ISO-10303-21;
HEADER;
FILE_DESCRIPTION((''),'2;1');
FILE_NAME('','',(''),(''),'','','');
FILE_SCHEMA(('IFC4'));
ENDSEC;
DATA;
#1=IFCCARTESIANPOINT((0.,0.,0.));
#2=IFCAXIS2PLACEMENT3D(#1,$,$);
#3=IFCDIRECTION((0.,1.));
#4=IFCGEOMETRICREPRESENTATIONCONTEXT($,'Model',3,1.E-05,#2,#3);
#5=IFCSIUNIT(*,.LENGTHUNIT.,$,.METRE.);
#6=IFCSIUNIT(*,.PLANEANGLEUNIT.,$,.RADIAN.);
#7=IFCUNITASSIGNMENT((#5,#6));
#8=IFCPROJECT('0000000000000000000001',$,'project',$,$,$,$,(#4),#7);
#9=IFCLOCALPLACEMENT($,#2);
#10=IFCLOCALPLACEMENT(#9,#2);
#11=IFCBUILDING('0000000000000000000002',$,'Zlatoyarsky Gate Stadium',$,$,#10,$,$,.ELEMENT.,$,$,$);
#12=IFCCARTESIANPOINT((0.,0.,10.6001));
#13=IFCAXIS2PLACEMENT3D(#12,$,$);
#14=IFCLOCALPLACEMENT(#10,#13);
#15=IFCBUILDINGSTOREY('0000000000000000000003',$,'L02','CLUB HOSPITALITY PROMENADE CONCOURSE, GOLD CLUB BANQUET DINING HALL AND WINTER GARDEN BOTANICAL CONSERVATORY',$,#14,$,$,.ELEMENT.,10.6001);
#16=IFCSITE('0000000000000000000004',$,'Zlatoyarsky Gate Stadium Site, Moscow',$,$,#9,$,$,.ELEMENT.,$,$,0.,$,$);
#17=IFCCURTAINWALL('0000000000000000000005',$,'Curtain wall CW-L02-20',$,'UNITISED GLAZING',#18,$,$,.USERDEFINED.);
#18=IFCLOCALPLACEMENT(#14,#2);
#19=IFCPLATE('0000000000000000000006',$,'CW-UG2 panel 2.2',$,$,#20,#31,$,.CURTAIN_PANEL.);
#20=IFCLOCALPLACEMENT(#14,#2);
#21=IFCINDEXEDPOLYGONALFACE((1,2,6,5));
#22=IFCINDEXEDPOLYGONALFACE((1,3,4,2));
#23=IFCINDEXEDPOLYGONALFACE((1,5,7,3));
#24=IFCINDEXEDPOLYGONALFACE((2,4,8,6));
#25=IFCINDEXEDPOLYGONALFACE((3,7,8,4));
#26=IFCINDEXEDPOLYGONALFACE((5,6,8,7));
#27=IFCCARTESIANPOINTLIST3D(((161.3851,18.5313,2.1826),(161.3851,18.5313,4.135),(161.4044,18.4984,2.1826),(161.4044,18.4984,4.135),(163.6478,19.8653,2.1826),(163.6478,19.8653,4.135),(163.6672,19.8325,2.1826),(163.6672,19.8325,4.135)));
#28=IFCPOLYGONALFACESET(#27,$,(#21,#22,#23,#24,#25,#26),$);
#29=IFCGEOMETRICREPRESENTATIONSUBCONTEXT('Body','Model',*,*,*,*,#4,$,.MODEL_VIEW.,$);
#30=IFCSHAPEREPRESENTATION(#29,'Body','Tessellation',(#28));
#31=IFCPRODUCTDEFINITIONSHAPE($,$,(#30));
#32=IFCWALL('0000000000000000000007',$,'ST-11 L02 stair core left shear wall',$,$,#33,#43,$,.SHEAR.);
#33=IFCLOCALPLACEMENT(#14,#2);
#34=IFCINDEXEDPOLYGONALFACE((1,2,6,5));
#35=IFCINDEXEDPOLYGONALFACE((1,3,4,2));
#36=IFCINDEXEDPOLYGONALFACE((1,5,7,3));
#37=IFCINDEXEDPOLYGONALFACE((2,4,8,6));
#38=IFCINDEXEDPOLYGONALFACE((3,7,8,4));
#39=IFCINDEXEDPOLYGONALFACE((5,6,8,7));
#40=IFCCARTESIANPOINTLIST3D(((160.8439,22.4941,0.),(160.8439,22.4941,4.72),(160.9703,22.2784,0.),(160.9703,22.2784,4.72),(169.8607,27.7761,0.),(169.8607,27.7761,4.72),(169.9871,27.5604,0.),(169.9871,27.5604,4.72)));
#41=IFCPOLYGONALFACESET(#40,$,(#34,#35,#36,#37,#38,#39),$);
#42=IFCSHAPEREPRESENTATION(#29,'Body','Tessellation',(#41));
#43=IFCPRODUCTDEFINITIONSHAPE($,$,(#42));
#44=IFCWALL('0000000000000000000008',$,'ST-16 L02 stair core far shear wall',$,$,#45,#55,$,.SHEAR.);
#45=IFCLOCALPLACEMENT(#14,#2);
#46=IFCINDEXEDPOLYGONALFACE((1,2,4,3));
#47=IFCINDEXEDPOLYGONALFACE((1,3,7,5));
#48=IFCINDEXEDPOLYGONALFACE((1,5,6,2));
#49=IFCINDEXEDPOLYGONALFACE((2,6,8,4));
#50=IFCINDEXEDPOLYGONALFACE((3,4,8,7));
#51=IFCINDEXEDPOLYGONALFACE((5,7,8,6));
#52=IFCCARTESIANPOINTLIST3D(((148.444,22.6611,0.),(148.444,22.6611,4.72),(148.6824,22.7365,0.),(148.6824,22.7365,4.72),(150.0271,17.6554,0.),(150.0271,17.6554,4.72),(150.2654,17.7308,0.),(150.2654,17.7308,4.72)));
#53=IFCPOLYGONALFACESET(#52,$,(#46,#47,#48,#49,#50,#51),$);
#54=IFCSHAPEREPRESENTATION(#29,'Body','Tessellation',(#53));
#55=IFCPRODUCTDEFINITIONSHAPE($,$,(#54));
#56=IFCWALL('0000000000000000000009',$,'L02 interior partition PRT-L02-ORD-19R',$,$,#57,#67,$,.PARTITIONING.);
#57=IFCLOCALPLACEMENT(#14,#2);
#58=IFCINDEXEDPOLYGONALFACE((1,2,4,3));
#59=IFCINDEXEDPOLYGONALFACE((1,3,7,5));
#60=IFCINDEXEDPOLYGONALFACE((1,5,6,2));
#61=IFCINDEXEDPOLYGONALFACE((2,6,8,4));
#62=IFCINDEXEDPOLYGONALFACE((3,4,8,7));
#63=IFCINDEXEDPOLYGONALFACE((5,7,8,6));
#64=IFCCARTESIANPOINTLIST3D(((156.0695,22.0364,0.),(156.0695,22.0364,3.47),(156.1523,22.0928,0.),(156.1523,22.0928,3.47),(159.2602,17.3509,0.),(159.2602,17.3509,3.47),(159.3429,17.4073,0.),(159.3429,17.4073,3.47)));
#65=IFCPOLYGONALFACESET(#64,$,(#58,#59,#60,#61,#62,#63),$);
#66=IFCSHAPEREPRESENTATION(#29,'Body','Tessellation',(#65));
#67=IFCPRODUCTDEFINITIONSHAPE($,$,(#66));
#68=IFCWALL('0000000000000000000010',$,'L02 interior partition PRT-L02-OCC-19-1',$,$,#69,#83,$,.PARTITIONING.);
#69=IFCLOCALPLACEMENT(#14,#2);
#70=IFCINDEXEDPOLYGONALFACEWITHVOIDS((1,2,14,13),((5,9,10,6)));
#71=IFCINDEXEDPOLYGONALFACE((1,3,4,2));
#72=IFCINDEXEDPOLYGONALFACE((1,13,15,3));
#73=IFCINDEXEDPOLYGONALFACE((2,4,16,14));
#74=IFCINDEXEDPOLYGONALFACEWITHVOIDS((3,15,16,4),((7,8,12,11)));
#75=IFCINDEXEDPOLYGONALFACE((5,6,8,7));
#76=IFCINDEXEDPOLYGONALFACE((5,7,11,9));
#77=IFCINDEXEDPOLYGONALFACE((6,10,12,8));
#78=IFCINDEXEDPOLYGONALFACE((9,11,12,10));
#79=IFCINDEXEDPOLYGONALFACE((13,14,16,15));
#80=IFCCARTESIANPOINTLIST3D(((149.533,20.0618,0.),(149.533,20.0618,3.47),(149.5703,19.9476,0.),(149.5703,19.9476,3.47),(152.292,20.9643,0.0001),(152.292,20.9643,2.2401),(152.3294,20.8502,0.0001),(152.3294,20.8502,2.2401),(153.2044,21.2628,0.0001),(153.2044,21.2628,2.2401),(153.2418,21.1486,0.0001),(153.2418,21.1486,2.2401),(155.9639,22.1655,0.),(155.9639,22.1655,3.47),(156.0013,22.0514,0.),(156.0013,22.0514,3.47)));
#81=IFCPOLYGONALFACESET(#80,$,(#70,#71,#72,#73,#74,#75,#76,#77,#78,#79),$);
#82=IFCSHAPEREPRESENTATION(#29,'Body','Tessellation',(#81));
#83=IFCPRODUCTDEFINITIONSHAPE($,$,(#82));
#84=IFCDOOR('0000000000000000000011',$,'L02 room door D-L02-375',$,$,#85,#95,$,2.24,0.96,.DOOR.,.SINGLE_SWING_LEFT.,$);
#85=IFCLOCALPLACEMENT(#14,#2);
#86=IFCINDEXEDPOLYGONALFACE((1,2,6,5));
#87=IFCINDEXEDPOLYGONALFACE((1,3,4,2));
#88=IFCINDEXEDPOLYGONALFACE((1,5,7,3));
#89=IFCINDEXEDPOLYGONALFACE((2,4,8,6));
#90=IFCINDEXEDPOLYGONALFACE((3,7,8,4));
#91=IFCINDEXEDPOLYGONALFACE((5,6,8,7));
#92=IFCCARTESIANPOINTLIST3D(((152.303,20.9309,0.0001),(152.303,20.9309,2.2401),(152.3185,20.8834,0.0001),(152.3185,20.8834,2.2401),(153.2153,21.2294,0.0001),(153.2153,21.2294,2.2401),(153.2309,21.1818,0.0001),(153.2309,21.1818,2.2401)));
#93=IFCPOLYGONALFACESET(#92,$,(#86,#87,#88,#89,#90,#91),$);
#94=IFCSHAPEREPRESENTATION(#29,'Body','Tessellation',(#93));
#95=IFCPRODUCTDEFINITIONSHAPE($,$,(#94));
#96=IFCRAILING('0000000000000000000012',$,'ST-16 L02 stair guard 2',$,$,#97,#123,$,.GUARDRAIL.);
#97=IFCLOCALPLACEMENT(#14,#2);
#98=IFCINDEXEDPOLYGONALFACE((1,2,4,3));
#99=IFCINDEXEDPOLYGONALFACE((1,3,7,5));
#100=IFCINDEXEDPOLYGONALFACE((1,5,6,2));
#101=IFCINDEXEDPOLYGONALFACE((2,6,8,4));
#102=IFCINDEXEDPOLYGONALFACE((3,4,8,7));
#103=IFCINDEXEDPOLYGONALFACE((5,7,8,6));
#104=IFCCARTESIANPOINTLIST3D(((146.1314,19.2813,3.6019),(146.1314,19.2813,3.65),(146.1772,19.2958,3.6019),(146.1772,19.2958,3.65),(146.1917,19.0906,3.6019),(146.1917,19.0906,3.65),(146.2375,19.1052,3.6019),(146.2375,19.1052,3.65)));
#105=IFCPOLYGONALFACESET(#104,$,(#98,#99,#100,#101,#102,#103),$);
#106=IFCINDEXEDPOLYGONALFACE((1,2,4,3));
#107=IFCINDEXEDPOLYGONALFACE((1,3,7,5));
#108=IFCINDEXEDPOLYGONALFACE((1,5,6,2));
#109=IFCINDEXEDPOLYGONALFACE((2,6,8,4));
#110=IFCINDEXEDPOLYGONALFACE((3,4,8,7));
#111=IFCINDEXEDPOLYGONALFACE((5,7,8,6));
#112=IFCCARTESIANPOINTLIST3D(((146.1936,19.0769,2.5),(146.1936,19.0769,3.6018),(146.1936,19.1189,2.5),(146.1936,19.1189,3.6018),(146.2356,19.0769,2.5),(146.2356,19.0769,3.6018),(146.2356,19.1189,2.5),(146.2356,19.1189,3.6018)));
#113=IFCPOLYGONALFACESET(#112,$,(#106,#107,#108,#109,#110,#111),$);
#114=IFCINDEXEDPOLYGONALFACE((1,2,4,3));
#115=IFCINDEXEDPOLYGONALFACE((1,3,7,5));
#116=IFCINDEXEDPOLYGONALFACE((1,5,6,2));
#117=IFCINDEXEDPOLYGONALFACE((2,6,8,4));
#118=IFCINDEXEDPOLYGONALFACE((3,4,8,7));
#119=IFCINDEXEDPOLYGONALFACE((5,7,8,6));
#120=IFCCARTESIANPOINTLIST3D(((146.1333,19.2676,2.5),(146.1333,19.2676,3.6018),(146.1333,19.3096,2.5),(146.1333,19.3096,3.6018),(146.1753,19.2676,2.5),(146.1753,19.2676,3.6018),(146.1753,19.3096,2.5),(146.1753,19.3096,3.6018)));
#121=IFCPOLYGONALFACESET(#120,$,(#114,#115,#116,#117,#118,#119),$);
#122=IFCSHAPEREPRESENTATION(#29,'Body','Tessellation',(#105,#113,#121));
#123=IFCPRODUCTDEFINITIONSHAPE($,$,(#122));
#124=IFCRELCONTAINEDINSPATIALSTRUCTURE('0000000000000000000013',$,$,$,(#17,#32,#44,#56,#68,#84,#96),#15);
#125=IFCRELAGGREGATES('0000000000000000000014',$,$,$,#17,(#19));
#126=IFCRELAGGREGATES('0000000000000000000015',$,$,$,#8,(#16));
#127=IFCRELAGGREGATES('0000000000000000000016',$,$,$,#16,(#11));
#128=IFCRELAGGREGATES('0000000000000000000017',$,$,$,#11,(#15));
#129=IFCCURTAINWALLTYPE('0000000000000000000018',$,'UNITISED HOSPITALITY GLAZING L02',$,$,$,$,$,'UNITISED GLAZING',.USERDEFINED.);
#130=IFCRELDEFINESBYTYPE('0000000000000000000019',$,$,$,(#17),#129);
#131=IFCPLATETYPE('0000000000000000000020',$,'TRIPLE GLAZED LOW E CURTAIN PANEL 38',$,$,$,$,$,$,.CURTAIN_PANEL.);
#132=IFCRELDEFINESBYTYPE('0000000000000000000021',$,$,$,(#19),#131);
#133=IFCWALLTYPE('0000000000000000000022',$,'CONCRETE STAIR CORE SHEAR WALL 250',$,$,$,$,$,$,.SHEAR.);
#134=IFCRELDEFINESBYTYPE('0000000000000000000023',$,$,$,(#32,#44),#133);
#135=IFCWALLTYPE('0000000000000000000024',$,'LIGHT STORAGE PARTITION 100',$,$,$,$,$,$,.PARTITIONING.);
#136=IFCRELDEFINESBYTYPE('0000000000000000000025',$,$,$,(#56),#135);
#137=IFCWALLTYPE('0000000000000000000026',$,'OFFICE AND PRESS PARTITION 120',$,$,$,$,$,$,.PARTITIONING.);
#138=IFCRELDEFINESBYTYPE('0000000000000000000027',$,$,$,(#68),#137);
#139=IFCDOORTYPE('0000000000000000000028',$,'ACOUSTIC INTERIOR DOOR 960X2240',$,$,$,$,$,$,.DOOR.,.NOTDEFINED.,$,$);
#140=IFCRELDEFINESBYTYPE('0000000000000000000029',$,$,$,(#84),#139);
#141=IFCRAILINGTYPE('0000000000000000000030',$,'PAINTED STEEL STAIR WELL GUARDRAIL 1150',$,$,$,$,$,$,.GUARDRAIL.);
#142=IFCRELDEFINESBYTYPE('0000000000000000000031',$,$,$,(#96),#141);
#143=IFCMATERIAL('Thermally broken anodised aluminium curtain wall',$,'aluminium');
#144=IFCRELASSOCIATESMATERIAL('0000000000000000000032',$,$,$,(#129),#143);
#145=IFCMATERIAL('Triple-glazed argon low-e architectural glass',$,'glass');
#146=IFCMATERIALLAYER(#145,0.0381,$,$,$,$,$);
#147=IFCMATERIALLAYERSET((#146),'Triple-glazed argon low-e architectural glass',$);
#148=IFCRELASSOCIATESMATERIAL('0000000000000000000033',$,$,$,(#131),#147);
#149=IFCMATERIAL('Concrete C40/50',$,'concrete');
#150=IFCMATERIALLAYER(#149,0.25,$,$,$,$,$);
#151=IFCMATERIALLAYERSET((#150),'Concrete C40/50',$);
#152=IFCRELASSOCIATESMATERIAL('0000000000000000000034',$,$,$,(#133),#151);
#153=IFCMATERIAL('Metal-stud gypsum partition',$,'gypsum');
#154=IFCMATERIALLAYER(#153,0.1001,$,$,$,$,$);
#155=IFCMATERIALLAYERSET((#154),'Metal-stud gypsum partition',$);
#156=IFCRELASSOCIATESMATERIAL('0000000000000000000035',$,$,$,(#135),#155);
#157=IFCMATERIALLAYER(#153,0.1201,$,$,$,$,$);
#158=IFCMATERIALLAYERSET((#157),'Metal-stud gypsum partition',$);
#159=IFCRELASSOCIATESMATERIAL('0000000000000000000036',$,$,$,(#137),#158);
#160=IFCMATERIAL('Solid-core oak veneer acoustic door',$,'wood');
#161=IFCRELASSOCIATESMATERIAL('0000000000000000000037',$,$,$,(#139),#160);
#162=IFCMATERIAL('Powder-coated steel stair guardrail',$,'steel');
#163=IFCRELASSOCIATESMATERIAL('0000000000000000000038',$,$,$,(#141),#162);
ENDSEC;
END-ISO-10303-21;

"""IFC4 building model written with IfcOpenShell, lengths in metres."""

from ifc_helpers import new_model, si_unit, direction, frame, frame_2d, origin, origin_2d, place, context, subcontext, project, spatial, rectangle, extrude, material, layer, layer_set, type_object, element, fill, aggregate, save


model = new_model("IFC4")

# Units and contexts
model_context = context("Model", 3, precision=1e-05, world=origin(), true_north=direction((0.0, 1.0)))
body_context = subcontext(model_context, "Body", "Model", "MODEL_VIEW")
ifc_project = project(units=[si_unit("LENGTHUNIT", "METRE"), si_unit("PLANEANGLEUNIT", "RADIAN")], contexts=[model_context])

# Site, building, storey
site_placement = place(None, origin())
site = spatial("IfcSite", under=ifc_project, at=site_placement, Name="Zlatoyarsky Gate Stadium Site, Moscow", CompositionType="ELEMENT", RefElevation=0.0)
building_placement = place(site_placement, origin())
building = spatial("IfcBuilding", under=site, at=building_placement, Name="Zlatoyarsky Gate Stadium", CompositionType="ELEMENT")
storey_placement = place(building_placement, frame((0.0, 0.0, 10.6001)))
storey = spatial("IfcBuildingStorey", under=building, at=storey_placement, Name="L02", Description="CLUB HOSPITALITY PROMENADE CONCOURSE, GOLD CLUB BANQUET DINING HALL AND WINTER GARDEN BOTANICAL CONSERVATORY", CompositionType="ELEMENT", Elevation=10.6001)

# Shared definitions
ifc_material_1 = material(Name="Thermally broken anodised aluminium curtain wall", Category="aluminium")
curtain_wall_type = type_object("IfcCurtainWallType", Name="UNITISED HOSPITALITY GLAZING L02", ElementType="UNITISED GLAZING", PredefinedType="USERDEFINED", material=ifc_material_1)

# Curtain wall
curtain_wall_1_placement = place(storey_placement, origin())
curtain_wall_1 = element("IfcCurtainWall", 1, at=curtain_wall_1_placement, inside=storey, type_object=curtain_wall_type, Name="Curtain wall CW-L02-20", ObjectType="UNITISED GLAZING", PredefinedType="USERDEFINED")

# Plate
ifc_material_2 = material(Name="Triple-glazed argon low-e architectural glass", Category="glass")
ifc_layer_1 = layer(ifc_material_2, 0.0381)
ifc_layer_set_1 = layer_set([ifc_layer_1], Name="Triple-glazed argon low-e architectural glass")
plate_type = type_object("IfcPlateType", Name="TRIPLE GLAZED LOW E CURTAIN PANEL 38", PredefinedType="CURTAIN_PANEL", material=ifc_layer_set_1)
plate_1_placement = place(storey_placement, frame((162.5261, 19.1819, 2.1826), z_axis=(0.0, 0.0, 1.0), x_axis=(0.861425, 0.507884, 0.0)))
plate_1 = element("IfcPlate", 2, at=plate_1_placement, type_object=plate_type, Name="CW-UG2 panel 2.2", PredefinedType="CURTAIN_PANEL", context=body_context, shape_type="SweptSolid", body=[
    extrude(rectangle(XDim=2.6267, YDim=0.0381, at=origin_2d()), origin(), (0.0, 0.0, 1.0), 1.9524),
])
aggregate(curtain_wall_1, [plate_1])

# Walls
ifc_material_3 = material(Name="Concrete C40/50", Category="concrete")
ifc_layer_2 = layer(ifc_material_3, 0.25)
ifc_layer_set_2 = layer_set([ifc_layer_2], Name="Concrete C40/50")
wall_type_1 = type_object("IfcWallType", Name="CONCRETE STAIR CORE SHEAR WALL 250", PredefinedType="SHEAR", material=ifc_layer_set_2)
wall_1_placement = place(storey_placement, frame((160.907, 22.3862, 0.0), z_axis=(0.0, 0.0, 1.0), x_axis=(0.862855, 0.505452, 0.0)))
element("IfcWall", 3, at=wall_1_placement, inside=storey, type_object=wall_type_1, Name="ST-11 L02 stair core left shear wall", PredefinedType="SHEAR", context=body_context, shape_type="SweptSolid", body=[
    extrude(rectangle(XDim=10.45, YDim=0.25, at=frame_2d((5.2251, 0.0))), origin(), (0.0, 0.0, 1.0), 4.72),
])
wall_2_placement = place(storey_placement, frame((150.1462, 17.6931, 0.0), z_axis=(0.0, 0.0, 1.0), x_axis=(-0.301527, 0.953457, 0.0)))
element("IfcWall", 4, at=wall_2_placement, inside=storey, type_object=wall_type_1, Name="ST-16 L02 stair core far shear wall", PredefinedType="SHEAR", context=body_context, shape_type="SweptSolid", body=[
    extrude(rectangle(XDim=5.25, YDim=0.25, at=frame_2d((2.625, 0.0))), origin(), (0.0, 0.0, 1.0), 4.72),
])
ifc_material_4 = material(Name="Metal-stud gypsum partition", Category="gypsum")
ifc_layer_3 = layer(ifc_material_4, 0.1001)
ifc_layer_set_3 = layer_set([ifc_layer_3], Name="Metal-stud gypsum partition")
wall_type_2 = type_object("IfcWallType", Name="LIGHT STORAGE PARTITION 100", PredefinedType="PARTITIONING", material=ifc_layer_set_3)
wall_3_placement = place(storey_placement, frame((156.1108, 22.0647, 0.0), z_axis=(0.0, 0.0, 1.0), x_axis=(0.562853, -0.826557, 0.0)))
element("IfcWall", 5, at=wall_3_placement, inside=storey, type_object=wall_type_2, Name="L02 interior partition PRT-L02-ORD-19R", PredefinedType="PARTITIONING", context=body_context, shape_type="SweptSolid", body=[
    extrude(rectangle(XDim=5.6687, YDim=0.1001, at=frame_2d((2.8345, 0.0))), origin(), (0.0, 0.0, 1.0), 3.47),
])

# Wall, opening, door
ifc_layer_4 = layer(ifc_material_4, 0.1201)
ifc_layer_set_4 = layer_set([ifc_layer_4], Name="Metal-stud gypsum partition")
wall_type_3 = type_object("IfcWallType", Name="OFFICE AND PRESS PARTITION 120", PredefinedType="PARTITIONING", material=ifc_layer_set_4)
wall_4_placement = place(storey_placement, frame((149.5515, 20.0046, 0.0), z_axis=(0.0, 0.0, 1.0), x_axis=(0.950436, 0.310919, 0.0)))
wall_4 = element("IfcWall", 6, at=wall_4_placement, inside=storey, type_object=wall_type_3, Name="L02 interior partition PRT-L02-OCC-19-1", PredefinedType="PARTITIONING", context=body_context, shape_type="SweptSolid", body=[
    extrude(rectangle(XDim=6.7664, YDim=0.1201, at=frame_2d((3.3833, 0.0))), origin(), (0.0, 0.0, 1.0), 3.47),
])
opening_placement = place(wall_4_placement, frame((2.9031, 0.0, 0.0)))
opening = element("IfcOpeningElement", 7, at=opening_placement, cuts=wall_4, PredefinedType="OPENING", context=body_context, shape_type="SweptSolid", body=[
    extrude(rectangle(XDim=0.96, YDim=2.24, at=frame_2d((0.48, 1.1201))), frame((0.0, 0.0701, 0.0), z_axis=(0.0, -1.0, 0.0), x_axis=(1.0, 0.0, 0.0)), (0.0, 0.0, 1.0), 0.1401),
])
ifc_material_5 = material(Name="Solid-core oak veneer acoustic door", Category="wood")
door_type = type_object("IfcDoorType", Name="ACOUSTIC INTERIOR DOOR 960X2240", OperationType="NOTDEFINED", PredefinedType="DOOR", material=ifc_material_5)
door_placement = place(opening_placement, origin())
door = element("IfcDoor", 8, at=door_placement, inside=storey, type_object=door_type, Name="L02 room door D-L02-375", OperationType="SINGLE_SWING_LEFT", OverallHeight=2.24, OverallWidth=0.96, PredefinedType="DOOR", context=body_context, shape_type="SweptSolid", body=[
    extrude(rectangle(XDim=0.96, YDim=2.24, at=frame_2d((0.48, 1.1201))), frame((0.0, 0.0249, 0.0), z_axis=(0.0, -1.0, 0.0), x_axis=(1.0, 0.0, 0.0)), (0.0, 0.0, 1.0), 0.05),
])
fill(opening, door)

# Railing
ifc_material_6 = material(Name="Powder-coated steel stair guardrail", Category="steel")
railing_type = type_object("IfcRailingType", Name="PAINTED STEEL STAIR WELL GUARDRAIL 1150", PredefinedType="GUARDRAIL", material=ifc_material_6)
railing_placement = place(storey_placement, frame((146.2146, 19.0979, 2.5)))
element("IfcRailing", 9, at=railing_placement, inside=storey, type_object=railing_type, Name="ST-16 L02 stair guard 2", PredefinedType="GUARDRAIL", context=body_context, shape_type="SweptSolid", body=[
    extrude(rectangle(XDim=0.0481, YDim=0.0481, at=origin_2d()), frame((0.0, 0.0, 1.126), z_axis=(-0.30154, 0.953453, 0.0), x_axis=(-0.953453, -0.30154, 0.0)), (0.0, 0.0, 1.0), 0.2),
    extrude(rectangle(XDim=0.042, YDim=0.042, at=origin_2d()), origin(), (0.0, 0.0, 1.0), 1.1018),
    extrude(rectangle(XDim=0.042, YDim=0.042, at=origin_2d()), frame((-0.0603, 0.1907, 0.0)), (0.0, 0.0, 1.0), 1.1018),
])

save(model, "model.ifc")
